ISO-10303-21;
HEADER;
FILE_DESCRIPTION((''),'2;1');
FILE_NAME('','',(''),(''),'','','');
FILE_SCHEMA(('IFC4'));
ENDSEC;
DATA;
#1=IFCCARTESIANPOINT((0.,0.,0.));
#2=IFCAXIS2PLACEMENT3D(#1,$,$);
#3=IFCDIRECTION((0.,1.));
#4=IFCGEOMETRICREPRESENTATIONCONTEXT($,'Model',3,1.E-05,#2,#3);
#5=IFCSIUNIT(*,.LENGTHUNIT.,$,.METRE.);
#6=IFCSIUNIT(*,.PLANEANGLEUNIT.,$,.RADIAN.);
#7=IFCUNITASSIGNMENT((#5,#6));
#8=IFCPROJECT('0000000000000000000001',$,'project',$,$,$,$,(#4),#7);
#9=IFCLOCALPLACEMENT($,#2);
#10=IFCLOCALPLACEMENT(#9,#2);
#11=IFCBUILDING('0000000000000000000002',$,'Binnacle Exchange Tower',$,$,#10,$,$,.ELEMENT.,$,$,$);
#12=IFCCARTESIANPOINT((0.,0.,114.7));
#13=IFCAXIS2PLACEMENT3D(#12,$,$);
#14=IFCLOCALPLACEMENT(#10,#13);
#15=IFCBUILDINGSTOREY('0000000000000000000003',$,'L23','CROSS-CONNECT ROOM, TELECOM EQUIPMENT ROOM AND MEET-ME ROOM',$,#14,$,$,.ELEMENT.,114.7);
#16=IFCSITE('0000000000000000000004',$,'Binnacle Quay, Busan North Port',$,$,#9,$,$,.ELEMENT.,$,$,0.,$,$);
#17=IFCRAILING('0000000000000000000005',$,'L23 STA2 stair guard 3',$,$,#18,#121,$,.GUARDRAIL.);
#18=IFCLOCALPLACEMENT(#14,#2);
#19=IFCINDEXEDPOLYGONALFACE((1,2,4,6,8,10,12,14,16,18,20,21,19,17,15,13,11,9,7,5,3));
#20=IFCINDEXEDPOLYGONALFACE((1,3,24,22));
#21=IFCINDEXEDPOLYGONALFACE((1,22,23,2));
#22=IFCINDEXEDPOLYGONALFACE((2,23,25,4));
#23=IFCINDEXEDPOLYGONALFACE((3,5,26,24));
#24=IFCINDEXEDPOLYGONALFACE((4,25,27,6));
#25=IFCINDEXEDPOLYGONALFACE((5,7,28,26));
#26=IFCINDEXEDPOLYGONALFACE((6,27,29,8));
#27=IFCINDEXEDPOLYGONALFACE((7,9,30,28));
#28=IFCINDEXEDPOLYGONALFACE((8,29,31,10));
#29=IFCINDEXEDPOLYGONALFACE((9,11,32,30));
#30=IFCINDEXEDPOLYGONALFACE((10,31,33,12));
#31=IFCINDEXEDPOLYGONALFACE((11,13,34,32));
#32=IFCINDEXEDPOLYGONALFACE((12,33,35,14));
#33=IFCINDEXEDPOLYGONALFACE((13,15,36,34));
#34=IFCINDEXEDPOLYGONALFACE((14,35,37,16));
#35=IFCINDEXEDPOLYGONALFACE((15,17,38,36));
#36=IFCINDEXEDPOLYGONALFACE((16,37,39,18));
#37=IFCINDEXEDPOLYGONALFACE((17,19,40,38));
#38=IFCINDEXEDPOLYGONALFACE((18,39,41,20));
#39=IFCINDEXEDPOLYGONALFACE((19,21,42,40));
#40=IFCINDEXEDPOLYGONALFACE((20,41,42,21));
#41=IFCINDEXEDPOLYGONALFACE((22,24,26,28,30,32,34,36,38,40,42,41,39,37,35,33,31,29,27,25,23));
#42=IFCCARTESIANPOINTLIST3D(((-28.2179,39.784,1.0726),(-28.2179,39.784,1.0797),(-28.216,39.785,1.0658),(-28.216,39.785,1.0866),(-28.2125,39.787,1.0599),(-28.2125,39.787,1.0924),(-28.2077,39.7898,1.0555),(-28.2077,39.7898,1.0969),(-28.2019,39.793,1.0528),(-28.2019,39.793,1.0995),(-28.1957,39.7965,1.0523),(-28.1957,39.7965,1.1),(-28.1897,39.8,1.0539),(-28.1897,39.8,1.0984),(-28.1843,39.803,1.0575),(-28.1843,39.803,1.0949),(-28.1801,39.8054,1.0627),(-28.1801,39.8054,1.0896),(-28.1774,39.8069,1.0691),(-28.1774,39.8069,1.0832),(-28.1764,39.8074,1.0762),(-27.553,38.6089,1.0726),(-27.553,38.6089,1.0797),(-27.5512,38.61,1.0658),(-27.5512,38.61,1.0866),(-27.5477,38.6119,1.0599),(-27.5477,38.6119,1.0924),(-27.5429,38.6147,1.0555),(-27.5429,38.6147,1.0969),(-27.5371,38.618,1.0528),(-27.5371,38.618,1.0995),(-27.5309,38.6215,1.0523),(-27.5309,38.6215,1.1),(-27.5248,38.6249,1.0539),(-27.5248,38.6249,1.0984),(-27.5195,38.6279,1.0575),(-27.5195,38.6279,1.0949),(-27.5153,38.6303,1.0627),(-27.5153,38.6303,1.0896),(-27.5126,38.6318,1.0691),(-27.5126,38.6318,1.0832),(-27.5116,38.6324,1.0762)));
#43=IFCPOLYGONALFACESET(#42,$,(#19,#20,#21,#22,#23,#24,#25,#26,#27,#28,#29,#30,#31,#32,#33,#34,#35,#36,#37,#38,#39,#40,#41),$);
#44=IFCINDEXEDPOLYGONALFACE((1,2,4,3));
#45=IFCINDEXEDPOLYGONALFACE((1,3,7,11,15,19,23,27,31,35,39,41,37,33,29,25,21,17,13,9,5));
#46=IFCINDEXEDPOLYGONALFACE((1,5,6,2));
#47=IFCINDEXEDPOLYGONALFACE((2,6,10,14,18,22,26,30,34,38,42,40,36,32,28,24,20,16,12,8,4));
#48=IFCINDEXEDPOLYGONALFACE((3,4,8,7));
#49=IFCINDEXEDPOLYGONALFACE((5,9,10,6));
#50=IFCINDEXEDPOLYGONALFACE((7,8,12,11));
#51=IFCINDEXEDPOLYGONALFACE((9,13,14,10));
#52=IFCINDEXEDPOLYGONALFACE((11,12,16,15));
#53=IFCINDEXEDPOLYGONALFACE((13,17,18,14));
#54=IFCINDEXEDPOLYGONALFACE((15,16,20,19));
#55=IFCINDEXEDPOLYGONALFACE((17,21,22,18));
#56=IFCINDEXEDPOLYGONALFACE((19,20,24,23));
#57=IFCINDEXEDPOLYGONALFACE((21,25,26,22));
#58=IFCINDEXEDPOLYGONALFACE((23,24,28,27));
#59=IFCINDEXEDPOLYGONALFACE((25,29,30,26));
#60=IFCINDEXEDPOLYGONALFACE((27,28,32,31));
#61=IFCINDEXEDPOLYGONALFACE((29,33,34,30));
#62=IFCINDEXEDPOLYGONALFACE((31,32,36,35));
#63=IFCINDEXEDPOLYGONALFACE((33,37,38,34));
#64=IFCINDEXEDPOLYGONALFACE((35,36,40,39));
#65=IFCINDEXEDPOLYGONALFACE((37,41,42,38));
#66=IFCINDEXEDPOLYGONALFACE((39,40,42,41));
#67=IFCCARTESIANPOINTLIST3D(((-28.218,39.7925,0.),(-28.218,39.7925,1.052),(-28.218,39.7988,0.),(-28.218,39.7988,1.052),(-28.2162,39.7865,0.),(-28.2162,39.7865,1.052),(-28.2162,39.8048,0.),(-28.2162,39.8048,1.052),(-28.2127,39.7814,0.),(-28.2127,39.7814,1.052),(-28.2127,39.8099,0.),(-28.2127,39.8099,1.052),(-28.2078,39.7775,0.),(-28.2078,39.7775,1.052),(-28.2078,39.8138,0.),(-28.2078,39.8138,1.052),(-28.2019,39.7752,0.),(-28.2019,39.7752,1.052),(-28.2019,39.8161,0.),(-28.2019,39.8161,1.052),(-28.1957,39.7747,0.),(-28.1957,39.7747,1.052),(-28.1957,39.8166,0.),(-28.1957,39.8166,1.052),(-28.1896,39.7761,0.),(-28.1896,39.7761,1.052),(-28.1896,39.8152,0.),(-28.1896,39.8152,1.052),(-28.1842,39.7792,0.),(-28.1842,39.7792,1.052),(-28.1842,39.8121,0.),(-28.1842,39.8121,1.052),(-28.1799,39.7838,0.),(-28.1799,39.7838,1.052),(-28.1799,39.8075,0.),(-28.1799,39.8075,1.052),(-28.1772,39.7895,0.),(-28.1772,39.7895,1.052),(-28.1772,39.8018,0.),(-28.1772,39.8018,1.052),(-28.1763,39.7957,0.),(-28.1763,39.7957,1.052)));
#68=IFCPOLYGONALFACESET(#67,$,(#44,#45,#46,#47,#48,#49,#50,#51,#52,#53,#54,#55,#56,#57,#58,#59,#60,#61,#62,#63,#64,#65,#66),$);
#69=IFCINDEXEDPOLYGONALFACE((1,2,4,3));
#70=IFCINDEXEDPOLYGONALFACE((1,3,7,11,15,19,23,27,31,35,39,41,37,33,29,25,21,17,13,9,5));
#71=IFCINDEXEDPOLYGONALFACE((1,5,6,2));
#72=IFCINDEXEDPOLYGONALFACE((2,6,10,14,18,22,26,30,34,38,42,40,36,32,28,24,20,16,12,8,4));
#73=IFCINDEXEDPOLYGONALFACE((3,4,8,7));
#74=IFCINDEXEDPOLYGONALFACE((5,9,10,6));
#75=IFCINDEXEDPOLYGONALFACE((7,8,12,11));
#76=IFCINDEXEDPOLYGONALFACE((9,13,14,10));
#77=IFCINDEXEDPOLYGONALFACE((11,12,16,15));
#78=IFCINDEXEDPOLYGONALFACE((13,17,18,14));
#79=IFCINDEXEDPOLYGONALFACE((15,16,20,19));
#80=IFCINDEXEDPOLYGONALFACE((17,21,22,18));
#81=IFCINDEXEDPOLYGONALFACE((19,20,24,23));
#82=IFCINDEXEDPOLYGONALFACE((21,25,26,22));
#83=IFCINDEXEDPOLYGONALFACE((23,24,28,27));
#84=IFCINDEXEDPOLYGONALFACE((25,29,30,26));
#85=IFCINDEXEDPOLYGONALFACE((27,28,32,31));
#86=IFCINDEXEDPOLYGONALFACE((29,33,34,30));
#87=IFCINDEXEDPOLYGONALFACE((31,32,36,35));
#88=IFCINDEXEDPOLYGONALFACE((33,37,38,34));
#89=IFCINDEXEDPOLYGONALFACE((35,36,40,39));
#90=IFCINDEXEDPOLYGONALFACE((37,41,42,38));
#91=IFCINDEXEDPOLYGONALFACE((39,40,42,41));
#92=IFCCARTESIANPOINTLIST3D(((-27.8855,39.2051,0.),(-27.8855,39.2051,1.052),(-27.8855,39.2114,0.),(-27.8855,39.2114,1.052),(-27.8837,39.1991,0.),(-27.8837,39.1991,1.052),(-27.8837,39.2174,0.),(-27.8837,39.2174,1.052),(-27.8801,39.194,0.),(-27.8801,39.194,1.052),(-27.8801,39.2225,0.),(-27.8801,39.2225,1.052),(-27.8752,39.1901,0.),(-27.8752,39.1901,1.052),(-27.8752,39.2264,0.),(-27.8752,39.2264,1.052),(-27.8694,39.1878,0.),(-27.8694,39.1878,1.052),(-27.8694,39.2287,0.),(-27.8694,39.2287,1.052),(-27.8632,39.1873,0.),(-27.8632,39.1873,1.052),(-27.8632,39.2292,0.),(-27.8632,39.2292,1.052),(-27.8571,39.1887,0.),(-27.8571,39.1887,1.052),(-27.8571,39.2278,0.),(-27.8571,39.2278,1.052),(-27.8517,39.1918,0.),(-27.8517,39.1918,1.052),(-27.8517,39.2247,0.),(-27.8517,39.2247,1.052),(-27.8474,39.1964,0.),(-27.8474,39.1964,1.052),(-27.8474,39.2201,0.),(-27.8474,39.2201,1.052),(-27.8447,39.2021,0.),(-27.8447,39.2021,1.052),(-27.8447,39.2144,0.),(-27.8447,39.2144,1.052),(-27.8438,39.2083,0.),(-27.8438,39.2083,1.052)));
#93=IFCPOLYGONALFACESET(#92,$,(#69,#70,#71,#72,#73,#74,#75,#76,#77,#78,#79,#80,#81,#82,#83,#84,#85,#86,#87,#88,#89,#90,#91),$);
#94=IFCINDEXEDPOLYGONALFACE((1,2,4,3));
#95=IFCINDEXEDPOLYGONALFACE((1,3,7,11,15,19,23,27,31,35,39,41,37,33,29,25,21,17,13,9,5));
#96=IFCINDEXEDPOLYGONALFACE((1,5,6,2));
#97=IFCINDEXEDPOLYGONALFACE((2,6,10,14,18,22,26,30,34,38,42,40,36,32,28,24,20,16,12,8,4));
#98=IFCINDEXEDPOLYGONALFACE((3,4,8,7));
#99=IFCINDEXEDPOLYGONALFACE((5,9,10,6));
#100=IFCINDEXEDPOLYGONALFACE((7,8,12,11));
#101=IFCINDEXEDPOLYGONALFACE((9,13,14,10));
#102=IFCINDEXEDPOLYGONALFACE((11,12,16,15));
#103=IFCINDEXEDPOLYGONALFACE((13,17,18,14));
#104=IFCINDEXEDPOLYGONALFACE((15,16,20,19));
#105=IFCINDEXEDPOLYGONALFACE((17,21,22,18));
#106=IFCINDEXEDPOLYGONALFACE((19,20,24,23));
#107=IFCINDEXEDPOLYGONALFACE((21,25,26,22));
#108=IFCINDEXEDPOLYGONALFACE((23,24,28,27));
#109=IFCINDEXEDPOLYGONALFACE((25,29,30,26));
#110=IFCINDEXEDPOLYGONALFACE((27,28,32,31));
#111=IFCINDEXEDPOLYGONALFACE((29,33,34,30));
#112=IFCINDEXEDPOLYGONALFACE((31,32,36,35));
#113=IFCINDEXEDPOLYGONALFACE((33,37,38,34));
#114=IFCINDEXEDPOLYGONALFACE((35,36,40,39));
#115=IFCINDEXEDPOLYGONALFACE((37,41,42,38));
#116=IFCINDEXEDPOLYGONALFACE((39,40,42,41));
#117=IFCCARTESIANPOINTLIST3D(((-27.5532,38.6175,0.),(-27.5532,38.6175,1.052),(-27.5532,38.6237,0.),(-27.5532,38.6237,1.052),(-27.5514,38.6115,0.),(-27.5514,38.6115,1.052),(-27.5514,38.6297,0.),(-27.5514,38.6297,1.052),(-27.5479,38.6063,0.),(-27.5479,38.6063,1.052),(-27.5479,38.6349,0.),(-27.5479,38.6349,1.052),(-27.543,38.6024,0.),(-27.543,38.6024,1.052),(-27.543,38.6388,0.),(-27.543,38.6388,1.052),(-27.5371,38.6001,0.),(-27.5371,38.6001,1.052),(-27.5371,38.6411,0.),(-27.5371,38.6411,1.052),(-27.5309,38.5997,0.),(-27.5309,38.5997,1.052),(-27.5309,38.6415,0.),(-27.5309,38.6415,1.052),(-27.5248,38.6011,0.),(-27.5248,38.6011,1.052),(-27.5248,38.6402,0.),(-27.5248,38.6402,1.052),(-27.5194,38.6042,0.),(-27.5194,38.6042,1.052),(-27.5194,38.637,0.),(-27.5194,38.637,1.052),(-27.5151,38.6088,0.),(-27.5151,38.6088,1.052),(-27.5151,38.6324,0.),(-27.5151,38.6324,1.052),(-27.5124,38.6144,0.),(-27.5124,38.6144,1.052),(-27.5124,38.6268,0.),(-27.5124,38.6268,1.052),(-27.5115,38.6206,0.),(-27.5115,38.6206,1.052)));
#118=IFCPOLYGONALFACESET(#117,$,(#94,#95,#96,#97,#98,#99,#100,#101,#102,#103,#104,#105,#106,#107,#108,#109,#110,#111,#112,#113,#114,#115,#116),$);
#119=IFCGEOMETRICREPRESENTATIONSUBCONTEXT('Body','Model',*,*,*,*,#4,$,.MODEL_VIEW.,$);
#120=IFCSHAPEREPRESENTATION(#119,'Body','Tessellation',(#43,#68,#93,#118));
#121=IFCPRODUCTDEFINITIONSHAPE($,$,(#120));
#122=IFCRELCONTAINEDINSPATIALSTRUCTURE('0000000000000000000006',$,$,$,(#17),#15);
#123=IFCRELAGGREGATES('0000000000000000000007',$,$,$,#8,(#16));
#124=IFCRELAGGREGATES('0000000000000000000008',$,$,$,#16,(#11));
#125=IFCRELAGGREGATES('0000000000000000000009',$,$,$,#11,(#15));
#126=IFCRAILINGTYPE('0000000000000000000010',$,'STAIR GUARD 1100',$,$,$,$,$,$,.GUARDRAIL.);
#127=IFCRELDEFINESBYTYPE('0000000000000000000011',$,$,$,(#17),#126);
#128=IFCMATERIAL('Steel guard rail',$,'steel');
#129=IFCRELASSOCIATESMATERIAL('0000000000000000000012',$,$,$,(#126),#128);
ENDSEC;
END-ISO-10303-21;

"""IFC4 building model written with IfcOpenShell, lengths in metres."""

from ifc_helpers import new_model, si_unit, direction, frame, origin, origin_2d, place, context, subcontext, project, spatial, circle, extrude, material, type_object, element, save


model = new_model("IFC4")

# Units and contexts
model_context = context("Model", 3, precision=1e-05, world=origin(), true_north=direction((0.0, 1.0)))
body_context = subcontext(model_context, "Body", "Model", "MODEL_VIEW")
ifc_project = project(units=[si_unit("LENGTHUNIT", "METRE"), si_unit("PLANEANGLEUNIT", "RADIAN")], contexts=[model_context])

# Site, building, storey
site_placement = place(None, origin())
site = spatial("IfcSite", under=ifc_project, at=site_placement, Name="Binnacle Quay, Busan North Port", CompositionType="ELEMENT", RefElevation=0.0)
building_placement = place(site_placement, origin())
building = spatial("IfcBuilding", under=site, at=building_placement, Name="Binnacle Exchange Tower", CompositionType="ELEMENT")
storey_placement = place(building_placement, frame((0.0, 0.0, 114.7)))
storey = spatial("IfcBuildingStorey", under=building, at=storey_placement, Name="L23", Description="CROSS-CONNECT ROOM, TELECOM EQUIPMENT ROOM AND MEET-ME ROOM", CompositionType="ELEMENT", Elevation=114.7)

# Railing
ifc_material_1 = material(Name="Steel guard rail", Category="steel")
railing_type_1 = type_object("IfcRailingType", Name="STAIR GUARD 1100", PredefinedType="GUARDRAIL", material=ifc_material_1)
railing_1_placement = place(storey_placement, frame((-28.1973, 39.7957, 0.0)))
element("IfcRailing", 1, at=railing_1_placement, inside=storey, type_object=railing_type_1, Name="L23 STA2 stair guard 3", PredefinedType="GUARDRAIL", context=body_context, shape_type="SweptSolid", body=[
    extrude(circle(Radius=0.0239, at=origin_2d()), frame((0.0, 0.0, 1.0762), z_axis=(0.492415, -0.870361, 0.0), x_axis=(0.870361, 0.492415, 0.0)), (0.0, 0.0, 1.0), 1.3501),
    extrude(circle(Radius=0.021, at=origin_2d()), origin(), (0.0, 0.0, 1.0), 1.052),
    extrude(circle(Radius=0.021, at=origin_2d()), frame((0.3325, -0.5874, 0.0)), (0.0, 0.0, 1.0), 1.052),
    extrude(circle(Radius=0.021, at=origin_2d()), frame((0.6648, -1.175, 0.0)), (0.0, 0.0, 1.0), 1.052),
])

save(model, "model.ifc")
